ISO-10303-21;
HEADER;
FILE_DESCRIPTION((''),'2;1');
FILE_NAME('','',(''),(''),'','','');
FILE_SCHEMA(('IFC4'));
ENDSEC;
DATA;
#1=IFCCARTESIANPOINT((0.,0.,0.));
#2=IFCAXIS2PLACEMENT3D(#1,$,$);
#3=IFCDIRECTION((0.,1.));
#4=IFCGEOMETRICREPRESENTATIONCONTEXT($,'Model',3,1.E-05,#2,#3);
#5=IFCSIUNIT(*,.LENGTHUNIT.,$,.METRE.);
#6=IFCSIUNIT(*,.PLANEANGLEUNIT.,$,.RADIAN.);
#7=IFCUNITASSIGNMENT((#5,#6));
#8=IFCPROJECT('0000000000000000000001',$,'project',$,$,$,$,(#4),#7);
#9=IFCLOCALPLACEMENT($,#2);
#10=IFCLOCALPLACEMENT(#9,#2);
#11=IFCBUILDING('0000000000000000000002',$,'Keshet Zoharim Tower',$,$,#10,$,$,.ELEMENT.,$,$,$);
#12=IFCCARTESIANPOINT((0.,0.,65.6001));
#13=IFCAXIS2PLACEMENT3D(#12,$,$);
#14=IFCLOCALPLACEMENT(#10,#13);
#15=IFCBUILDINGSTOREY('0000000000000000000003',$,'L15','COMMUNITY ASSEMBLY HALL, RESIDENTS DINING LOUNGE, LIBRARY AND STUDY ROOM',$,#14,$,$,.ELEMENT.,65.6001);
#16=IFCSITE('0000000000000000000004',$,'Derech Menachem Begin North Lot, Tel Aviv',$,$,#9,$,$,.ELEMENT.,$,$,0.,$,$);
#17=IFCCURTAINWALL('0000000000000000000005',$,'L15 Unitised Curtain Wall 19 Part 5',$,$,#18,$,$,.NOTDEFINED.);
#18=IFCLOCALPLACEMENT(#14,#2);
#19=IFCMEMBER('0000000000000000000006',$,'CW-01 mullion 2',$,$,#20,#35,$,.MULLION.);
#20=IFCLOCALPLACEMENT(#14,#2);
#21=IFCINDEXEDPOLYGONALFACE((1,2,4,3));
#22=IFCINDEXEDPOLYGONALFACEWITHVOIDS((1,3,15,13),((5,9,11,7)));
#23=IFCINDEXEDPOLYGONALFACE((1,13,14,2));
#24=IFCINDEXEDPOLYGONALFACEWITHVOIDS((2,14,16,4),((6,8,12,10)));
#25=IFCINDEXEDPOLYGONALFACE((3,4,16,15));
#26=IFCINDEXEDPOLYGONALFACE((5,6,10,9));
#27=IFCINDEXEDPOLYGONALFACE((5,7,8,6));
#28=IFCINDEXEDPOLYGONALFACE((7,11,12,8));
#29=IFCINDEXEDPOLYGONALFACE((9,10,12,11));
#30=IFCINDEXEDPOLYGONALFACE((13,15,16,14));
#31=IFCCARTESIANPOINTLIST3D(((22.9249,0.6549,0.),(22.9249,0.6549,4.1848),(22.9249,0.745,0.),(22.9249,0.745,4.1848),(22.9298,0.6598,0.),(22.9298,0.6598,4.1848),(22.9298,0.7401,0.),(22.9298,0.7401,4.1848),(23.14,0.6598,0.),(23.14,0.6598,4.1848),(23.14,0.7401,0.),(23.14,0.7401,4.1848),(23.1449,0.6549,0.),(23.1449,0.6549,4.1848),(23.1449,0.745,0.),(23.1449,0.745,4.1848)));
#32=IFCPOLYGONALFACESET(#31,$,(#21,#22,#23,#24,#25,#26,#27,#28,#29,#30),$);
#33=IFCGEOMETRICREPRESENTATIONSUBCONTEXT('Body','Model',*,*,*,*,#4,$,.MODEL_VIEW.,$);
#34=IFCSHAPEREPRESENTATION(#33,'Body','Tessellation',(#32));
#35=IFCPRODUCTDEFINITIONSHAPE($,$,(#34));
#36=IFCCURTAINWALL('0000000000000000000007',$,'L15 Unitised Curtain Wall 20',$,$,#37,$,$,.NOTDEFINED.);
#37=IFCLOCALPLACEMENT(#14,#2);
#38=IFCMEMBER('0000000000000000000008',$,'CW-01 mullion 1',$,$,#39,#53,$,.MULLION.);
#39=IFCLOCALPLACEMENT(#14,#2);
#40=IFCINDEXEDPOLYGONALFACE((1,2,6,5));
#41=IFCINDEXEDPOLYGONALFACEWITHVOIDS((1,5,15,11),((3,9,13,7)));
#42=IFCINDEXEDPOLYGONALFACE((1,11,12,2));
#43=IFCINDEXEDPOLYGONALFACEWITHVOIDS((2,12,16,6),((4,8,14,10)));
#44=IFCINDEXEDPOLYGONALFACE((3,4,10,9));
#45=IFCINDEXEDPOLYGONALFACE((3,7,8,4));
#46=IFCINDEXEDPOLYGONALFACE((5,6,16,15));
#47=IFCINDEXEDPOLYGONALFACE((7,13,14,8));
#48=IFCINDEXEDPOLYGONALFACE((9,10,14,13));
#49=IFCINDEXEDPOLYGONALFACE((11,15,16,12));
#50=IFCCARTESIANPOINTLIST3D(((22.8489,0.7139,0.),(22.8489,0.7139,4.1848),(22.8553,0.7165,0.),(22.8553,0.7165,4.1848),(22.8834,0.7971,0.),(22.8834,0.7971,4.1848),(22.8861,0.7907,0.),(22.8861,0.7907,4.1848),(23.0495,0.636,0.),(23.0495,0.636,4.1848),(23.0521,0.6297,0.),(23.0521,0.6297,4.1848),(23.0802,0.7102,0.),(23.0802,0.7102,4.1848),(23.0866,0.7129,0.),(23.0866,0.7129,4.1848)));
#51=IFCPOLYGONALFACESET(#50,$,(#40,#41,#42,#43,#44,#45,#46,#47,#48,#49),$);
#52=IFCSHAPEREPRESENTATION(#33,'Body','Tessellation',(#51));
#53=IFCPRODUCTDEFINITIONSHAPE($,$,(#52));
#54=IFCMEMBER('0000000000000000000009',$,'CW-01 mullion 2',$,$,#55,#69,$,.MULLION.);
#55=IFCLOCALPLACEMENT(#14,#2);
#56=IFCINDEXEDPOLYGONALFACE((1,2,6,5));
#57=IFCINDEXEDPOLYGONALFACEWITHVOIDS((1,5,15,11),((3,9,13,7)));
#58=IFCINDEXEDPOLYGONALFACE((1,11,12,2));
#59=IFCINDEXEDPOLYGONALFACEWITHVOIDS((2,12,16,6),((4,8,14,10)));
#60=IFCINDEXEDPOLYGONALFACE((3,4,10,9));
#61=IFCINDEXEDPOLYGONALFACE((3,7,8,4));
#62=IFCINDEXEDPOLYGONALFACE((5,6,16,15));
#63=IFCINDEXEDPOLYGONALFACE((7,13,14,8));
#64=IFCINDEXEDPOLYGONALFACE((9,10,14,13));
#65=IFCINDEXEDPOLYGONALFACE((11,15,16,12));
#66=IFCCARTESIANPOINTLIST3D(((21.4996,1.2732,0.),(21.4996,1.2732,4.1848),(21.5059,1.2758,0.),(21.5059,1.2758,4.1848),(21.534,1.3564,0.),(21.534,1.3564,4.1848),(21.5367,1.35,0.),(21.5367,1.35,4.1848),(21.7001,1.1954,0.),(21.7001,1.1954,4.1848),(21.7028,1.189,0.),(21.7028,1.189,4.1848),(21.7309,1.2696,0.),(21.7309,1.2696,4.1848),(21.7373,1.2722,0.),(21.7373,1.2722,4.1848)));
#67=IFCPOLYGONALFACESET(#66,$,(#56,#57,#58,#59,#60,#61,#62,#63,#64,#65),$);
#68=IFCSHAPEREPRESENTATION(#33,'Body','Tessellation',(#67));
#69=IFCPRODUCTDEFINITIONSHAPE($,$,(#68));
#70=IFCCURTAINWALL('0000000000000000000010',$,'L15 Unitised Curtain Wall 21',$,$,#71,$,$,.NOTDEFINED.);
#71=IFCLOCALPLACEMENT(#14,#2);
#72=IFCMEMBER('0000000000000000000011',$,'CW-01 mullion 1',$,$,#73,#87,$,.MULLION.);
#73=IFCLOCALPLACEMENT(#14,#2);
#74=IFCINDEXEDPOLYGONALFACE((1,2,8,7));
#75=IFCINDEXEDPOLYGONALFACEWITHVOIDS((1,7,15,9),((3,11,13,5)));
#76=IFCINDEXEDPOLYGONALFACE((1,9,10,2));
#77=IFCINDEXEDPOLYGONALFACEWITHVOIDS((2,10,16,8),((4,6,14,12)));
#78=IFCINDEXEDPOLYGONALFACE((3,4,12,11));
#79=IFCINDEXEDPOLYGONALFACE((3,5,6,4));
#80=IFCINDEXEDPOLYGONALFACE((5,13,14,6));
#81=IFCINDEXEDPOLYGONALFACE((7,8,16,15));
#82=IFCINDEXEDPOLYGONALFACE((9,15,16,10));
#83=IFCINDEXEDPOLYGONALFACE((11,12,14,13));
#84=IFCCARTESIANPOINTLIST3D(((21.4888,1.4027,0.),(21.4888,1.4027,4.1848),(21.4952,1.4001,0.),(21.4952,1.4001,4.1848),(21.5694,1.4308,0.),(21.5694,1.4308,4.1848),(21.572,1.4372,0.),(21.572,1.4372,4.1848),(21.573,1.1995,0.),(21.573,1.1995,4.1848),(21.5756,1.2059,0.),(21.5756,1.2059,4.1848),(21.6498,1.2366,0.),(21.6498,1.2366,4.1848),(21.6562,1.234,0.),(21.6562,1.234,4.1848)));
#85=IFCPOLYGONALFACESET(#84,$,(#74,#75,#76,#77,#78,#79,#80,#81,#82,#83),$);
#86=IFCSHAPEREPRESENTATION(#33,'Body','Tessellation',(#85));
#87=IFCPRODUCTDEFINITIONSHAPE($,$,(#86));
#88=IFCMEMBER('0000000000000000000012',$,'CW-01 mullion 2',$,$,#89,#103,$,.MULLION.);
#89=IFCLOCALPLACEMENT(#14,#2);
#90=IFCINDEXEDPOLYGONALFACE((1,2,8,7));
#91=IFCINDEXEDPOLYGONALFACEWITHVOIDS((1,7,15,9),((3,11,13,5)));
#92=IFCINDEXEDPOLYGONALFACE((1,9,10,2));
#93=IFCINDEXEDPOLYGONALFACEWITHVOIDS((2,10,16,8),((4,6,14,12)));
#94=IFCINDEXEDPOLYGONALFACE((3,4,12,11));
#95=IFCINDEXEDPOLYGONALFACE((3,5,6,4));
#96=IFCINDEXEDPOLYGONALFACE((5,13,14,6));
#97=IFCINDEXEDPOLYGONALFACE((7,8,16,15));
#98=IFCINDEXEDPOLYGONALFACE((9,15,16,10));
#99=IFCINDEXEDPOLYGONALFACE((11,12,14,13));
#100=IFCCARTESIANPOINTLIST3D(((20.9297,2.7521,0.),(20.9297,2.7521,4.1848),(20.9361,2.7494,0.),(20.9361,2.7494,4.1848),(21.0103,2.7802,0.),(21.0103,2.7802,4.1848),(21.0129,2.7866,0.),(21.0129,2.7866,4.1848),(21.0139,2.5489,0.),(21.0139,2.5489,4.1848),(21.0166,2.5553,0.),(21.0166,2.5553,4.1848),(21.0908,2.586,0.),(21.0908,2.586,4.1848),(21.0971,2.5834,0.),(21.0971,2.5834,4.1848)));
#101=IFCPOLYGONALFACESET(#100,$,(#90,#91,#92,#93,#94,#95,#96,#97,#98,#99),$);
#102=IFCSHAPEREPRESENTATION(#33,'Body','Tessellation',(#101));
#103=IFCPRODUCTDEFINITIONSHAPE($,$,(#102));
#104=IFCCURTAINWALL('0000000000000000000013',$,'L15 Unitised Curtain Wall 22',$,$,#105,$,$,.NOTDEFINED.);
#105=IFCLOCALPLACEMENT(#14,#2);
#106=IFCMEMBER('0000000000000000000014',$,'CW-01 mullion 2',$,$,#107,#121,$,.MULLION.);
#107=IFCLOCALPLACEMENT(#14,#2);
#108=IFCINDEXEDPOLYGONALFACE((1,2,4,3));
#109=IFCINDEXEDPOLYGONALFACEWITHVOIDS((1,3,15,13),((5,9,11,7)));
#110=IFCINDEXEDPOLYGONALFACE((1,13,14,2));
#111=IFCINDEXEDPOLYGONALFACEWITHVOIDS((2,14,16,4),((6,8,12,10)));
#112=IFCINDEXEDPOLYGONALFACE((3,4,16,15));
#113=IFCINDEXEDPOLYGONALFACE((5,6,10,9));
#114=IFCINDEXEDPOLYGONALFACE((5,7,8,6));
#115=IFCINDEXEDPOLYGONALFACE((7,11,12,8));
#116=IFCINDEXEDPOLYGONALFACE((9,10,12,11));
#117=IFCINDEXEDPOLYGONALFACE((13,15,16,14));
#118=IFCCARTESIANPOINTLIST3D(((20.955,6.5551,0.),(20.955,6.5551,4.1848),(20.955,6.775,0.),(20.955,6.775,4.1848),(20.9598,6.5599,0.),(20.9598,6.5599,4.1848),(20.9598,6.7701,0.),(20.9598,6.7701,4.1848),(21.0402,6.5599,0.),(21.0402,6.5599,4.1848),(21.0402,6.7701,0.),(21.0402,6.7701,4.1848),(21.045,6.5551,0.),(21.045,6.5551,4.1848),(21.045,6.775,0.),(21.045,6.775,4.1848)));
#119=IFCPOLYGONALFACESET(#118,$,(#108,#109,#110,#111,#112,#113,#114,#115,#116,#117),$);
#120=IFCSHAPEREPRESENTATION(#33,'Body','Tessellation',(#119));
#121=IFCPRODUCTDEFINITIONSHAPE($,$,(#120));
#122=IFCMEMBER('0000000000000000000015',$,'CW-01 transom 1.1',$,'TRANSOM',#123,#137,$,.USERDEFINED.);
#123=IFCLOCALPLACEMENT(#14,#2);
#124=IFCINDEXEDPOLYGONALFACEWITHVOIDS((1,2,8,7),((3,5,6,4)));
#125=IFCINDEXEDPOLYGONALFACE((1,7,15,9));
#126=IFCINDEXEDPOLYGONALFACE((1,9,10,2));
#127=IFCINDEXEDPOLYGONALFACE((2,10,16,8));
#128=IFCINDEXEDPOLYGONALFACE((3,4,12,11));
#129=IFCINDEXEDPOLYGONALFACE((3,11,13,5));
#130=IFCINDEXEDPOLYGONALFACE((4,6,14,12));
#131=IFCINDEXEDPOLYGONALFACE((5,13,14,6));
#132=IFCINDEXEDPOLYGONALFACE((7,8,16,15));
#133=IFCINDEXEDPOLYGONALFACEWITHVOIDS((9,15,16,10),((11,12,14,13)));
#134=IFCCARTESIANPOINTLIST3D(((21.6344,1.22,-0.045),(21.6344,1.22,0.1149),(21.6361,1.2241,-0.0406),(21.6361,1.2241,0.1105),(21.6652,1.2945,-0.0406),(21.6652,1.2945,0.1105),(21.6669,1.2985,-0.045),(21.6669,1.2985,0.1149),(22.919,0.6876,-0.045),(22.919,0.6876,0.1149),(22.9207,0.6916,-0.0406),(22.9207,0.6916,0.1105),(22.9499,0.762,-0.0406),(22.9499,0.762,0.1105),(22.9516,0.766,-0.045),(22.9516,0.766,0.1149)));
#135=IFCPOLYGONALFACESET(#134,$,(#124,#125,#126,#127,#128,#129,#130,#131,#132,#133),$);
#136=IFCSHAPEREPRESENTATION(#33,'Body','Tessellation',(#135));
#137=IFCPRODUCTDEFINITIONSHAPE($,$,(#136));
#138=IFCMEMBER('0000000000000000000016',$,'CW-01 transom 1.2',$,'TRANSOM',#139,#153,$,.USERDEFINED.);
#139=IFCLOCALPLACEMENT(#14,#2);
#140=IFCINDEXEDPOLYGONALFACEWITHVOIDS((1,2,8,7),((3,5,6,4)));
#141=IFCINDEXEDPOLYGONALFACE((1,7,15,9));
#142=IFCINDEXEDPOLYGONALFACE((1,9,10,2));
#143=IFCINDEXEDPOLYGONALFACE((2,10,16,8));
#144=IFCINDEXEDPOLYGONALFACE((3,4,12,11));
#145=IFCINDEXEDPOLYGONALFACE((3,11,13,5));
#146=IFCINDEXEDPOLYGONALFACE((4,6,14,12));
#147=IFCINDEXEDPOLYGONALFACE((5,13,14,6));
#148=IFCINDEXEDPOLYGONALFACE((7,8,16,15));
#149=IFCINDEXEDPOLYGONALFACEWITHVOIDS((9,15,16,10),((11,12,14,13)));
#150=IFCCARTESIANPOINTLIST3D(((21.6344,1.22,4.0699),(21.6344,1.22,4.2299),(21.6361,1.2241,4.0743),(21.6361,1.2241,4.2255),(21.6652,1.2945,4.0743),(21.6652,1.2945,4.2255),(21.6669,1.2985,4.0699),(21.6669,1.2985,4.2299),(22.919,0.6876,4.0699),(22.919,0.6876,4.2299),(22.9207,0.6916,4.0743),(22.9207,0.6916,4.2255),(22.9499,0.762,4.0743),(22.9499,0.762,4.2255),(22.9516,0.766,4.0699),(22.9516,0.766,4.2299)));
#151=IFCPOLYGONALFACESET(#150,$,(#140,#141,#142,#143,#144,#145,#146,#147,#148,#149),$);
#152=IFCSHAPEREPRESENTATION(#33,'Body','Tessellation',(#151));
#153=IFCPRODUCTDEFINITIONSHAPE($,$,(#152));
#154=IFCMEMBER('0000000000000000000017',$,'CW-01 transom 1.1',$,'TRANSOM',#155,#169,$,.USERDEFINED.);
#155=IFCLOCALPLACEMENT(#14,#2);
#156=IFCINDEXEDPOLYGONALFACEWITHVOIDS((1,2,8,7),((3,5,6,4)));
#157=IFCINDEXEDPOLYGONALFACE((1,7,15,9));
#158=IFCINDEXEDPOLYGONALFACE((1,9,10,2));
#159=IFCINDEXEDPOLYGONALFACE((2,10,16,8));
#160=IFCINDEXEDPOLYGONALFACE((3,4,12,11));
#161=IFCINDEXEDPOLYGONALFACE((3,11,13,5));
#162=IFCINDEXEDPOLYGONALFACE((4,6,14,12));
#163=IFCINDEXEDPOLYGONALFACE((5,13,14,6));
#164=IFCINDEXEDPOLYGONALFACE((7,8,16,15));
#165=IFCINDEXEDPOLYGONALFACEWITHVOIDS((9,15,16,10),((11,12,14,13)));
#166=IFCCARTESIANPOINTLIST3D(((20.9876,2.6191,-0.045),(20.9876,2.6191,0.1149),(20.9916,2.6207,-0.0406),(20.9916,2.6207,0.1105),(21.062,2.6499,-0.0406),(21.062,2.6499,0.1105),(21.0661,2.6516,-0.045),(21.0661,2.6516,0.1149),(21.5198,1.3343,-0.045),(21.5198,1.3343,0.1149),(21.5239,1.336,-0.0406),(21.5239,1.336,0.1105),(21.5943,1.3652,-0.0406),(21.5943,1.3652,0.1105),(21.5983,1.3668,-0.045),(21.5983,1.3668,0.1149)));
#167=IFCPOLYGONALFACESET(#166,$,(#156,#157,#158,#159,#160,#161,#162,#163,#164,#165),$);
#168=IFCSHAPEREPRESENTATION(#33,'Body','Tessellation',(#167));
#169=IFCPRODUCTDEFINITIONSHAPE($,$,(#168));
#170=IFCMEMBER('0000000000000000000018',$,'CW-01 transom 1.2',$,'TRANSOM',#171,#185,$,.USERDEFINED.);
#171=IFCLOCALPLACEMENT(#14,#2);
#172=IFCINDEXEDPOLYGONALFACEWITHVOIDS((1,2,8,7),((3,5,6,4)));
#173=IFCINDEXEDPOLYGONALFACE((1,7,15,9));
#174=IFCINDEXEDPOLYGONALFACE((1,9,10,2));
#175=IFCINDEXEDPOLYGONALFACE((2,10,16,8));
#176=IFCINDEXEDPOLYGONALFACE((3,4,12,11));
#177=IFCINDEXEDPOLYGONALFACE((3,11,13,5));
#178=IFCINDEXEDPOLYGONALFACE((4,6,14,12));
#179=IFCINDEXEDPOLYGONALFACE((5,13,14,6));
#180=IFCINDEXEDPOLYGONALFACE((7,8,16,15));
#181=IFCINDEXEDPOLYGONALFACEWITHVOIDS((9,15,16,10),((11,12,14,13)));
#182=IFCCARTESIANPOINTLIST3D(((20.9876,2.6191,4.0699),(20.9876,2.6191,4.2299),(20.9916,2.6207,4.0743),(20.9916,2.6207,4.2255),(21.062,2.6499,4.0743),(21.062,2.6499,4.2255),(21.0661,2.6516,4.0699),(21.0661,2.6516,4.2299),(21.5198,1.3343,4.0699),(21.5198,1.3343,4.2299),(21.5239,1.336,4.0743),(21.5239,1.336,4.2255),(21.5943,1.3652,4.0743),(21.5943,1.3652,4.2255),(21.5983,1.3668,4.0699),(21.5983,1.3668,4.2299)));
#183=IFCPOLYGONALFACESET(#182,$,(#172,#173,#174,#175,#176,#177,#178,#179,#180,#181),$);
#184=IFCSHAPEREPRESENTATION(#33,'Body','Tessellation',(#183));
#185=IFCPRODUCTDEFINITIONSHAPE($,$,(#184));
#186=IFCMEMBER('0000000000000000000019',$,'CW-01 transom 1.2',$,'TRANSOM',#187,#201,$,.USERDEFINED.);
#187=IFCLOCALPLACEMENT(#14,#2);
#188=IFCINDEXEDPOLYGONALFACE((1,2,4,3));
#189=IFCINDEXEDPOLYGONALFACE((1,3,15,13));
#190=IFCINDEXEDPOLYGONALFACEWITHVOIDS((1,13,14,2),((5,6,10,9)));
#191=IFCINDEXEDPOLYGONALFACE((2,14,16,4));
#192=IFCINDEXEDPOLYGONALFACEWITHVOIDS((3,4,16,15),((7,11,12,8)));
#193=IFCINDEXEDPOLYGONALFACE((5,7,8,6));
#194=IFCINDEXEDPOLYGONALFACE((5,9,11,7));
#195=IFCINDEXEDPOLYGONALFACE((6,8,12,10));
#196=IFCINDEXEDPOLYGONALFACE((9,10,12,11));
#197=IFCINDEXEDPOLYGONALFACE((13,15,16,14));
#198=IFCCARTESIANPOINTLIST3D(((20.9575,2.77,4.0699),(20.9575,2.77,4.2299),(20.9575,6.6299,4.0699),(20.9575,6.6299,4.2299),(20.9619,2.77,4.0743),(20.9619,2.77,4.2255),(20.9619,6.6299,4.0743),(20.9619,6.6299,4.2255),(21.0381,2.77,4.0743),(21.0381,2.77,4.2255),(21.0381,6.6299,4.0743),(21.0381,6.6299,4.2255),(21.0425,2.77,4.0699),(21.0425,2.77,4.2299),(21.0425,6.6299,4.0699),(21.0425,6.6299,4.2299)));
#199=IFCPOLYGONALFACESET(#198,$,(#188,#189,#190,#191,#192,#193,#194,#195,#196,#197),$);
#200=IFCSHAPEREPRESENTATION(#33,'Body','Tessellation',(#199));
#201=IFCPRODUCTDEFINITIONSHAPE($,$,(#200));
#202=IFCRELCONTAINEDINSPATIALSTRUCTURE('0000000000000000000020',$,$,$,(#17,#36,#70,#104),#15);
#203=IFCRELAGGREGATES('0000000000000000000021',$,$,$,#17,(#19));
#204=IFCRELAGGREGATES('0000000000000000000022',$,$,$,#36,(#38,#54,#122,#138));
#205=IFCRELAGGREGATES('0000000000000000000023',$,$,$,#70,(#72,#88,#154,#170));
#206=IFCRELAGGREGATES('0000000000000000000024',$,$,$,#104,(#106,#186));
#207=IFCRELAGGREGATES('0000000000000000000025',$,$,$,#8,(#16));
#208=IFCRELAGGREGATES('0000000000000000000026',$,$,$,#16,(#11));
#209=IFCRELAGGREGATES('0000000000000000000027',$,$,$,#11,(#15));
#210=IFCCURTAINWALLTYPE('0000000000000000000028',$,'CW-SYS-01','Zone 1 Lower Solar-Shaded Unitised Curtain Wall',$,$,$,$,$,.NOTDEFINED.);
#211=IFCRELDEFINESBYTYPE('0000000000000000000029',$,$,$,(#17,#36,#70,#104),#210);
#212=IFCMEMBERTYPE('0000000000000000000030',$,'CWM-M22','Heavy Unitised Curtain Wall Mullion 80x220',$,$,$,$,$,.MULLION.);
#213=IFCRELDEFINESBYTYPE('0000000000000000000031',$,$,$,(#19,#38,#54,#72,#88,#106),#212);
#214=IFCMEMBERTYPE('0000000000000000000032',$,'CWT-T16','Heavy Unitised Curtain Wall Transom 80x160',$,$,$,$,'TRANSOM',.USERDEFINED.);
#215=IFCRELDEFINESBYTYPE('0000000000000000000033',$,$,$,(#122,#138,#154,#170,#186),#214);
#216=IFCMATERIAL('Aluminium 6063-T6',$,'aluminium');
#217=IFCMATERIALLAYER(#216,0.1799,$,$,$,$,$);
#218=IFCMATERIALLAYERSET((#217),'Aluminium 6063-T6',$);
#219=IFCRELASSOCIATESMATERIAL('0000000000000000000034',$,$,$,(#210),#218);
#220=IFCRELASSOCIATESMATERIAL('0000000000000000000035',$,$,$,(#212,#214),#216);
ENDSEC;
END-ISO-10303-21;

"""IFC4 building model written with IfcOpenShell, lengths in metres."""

from ifc_helpers import new_model, si_unit, direction, frame, origin, origin_2d, place, context, subcontext, project, spatial, hollow_rectangle, extrude, material, layer, layer_set, material_profile, profile_set, type_object, element, aggregate, save


model = new_model("IFC4")

# Units and contexts
model_context = context("Model", 3, precision=1e-05, world=origin(), true_north=direction((0.0, 1.0)))
body_context = subcontext(model_context, "Body", "Model", "MODEL_VIEW")
ifc_project = project(units=[si_unit("LENGTHUNIT", "METRE"), si_unit("PLANEANGLEUNIT", "RADIAN")], contexts=[model_context])

# Site, building, storey
site_placement = place(None, origin())
site = spatial("IfcSite", under=ifc_project, at=site_placement, Name="Derech Menachem Begin North Lot, Tel Aviv", CompositionType="ELEMENT", RefElevation=0.0)
building_placement = place(site_placement, origin())
building = spatial("IfcBuilding", under=site, at=building_placement, Name="Keshet Zoharim Tower", CompositionType="ELEMENT")
storey_placement = place(building_placement, frame((0.0, 0.0, 65.6001)))
storey = spatial("IfcBuildingStorey", under=building, at=storey_placement, Name="L15", Description="COMMUNITY ASSEMBLY HALL, RESIDENTS DINING LOUNGE, LIBRARY AND STUDY ROOM", CompositionType="ELEMENT", Elevation=65.6001)

# Curtain wall, member
ifc_material_1 = material(Name="Aluminium 6063-T6", Category="aluminium")
ifc_layer_1 = layer(ifc_material_1, 0.1799)
ifc_layer_set_1 = layer_set([ifc_layer_1], Name="Aluminium 6063-T6")
curtain_wall_type = type_object("IfcCurtainWallType", Name="CW-SYS-01", Description="Zone 1 Lower Solar-Shaded Unitised Curtain Wall", PredefinedType="NOTDEFINED", material=ifc_layer_set_1)
curtain_wall_1_placement = place(storey_placement, origin())
curtain_wall_1 = element("IfcCurtainWall", 1, at=curtain_wall_1_placement, inside=storey, type_object=curtain_wall_type, Name="L15 Unitised Curtain Wall 19 Part 5", PredefinedType="NOTDEFINED")
ifc_material_profile_1 = material_profile(ifc_material_1, hollow_rectangle(XDim=0.0901, YDim=0.22, WallThickness=0.0049, at=origin_2d()), Name="MUL-90x220")
ifc_profile_set_1 = profile_set([ifc_material_profile_1], Name="Aluminium 6063-T6")
member_type_1 = type_object("IfcMemberType", Name="CWM-M22", Description="Heavy Unitised Curtain Wall Mullion 80x220", PredefinedType="MULLION", material=ifc_profile_set_1)
member_1_placement = place(storey_placement, frame((23.0349, 0.7, 0.0), z_axis=(0.0, 0.0, 1.0), x_axis=(0.0, -1.0, 0.0)))
member_1 = element("IfcMember", 2, at=member_1_placement, type_object=member_type_1, Name="CW-01 mullion 2", PredefinedType="MULLION", context=body_context, shape_type="SweptSolid", body=[
    extrude(hollow_rectangle(XDim=0.0901, YDim=0.22, WallThickness=0.0049, at=origin_2d()), origin(), (0.0, 0.0, 1.0), 4.1848),
])

# Curtain walls, members
curtain_wall_2_placement = place(storey_placement, origin())
curtain_wall_2 = element("IfcCurtainWall", 3, at=curtain_wall_2_placement, inside=storey, type_object=curtain_wall_type, Name="L15 Unitised Curtain Wall 20", PredefinedType="NOTDEFINED")
member_2_placement = place(storey_placement, frame((22.9678, 0.7134, 0.0), z_axis=(0.0, 0.0, 1.0), x_axis=(-0.382852, -0.92381, 0.0)))
member_2 = element("IfcMember", 4, at=member_2_placement, type_object=member_type_1, Name="CW-01 mullion 1", PredefinedType="MULLION", context=body_context, shape_type="SweptSolid", body=[
    extrude(hollow_rectangle(XDim=0.0901, YDim=0.22, WallThickness=0.0049, at=origin_2d()), origin(), (0.0, 0.0, 1.0), 4.1848),
])
member_3_placement = place(storey_placement, frame((21.6184, 1.2727, 0.0), z_axis=(0.0, 0.0, 1.0), x_axis=(-0.382852, -0.92381, 0.0)))
member_3 = element("IfcMember", 5, at=member_3_placement, type_object=member_type_1, Name="CW-01 mullion 2", PredefinedType="MULLION", context=body_context, shape_type="SweptSolid", body=[
    extrude(hollow_rectangle(XDim=0.0901, YDim=0.22, WallThickness=0.0049, at=origin_2d()), origin(), (0.0, 0.0, 1.0), 4.1848),
])
curtain_wall_3_placement = place(storey_placement, origin())
curtain_wall_3 = element("IfcCurtainWall", 6, at=curtain_wall_3_placement, inside=storey, type_object=curtain_wall_type, Name="L15 Unitised Curtain Wall 21", PredefinedType="NOTDEFINED")
member_4_placement = place(storey_placement, frame((21.5725, 1.3184, 0.0), z_axis=(0.0, 0.0, 1.0), x_axis=(-0.92381, -0.382852, 0.0)))
member_4 = element("IfcMember", 7, at=member_4_placement, type_object=member_type_1, Name="CW-01 mullion 1", PredefinedType="MULLION", context=body_context, shape_type="SweptSolid", body=[
    extrude(hollow_rectangle(XDim=0.0901, YDim=0.22, WallThickness=0.0049, at=origin_2d()), origin(), (0.0, 0.0, 1.0), 4.1848),
])
member_5_placement = place(storey_placement, frame((21.0134, 2.6677, 0.0), z_axis=(0.0, 0.0, 1.0), x_axis=(-0.92381, -0.382852, 0.0)))
member_5 = element("IfcMember", 8, at=member_5_placement, type_object=member_type_1, Name="CW-01 mullion 2", PredefinedType="MULLION", context=body_context, shape_type="SweptSolid", body=[
    extrude(hollow_rectangle(XDim=0.0901, YDim=0.22, WallThickness=0.0049, at=origin_2d()), origin(), (0.0, 0.0, 1.0), 4.1848),
])

# Curtain wall, member
curtain_wall_4_placement = place(storey_placement, origin())
curtain_wall_4 = element("IfcCurtainWall", 9, at=curtain_wall_4_placement, inside=storey, type_object=curtain_wall_type, Name="L15 Unitised Curtain Wall 22", PredefinedType="NOTDEFINED")
member_6_placement = place(storey_placement, frame((21.0, 6.665, 0.0), z_axis=(0.0, 0.0, 1.0), x_axis=(-1.0, 0.0, 0.0)))
member_6 = element("IfcMember", 10, at=member_6_placement, type_object=member_type_1, Name="CW-01 mullion 2", PredefinedType="MULLION", context=body_context, shape_type="SweptSolid", body=[
    extrude(hollow_rectangle(XDim=0.0901, YDim=0.22, WallThickness=0.0049, at=origin_2d()), origin(), (0.0, 0.0, 1.0), 4.1848),
])

# Members
ifc_material_profile_2 = material_profile(ifc_material_1, hollow_rectangle(XDim=0.085, YDim=0.1599, WallThickness=0.0044, at=origin_2d()), Name="TRN-85x160")
ifc_profile_set_2 = profile_set([ifc_material_profile_2], Name="Aluminium 6063-T6")
member_type_2 = type_object("IfcMemberType", Name="CWT-T16", Description="Heavy Unitised Curtain Wall Transom 80x160", ElementType="TRANSOM", PredefinedType="USERDEFINED", material=ifc_profile_set_2)
member_7_placement = place(storey_placement, frame((22.9353, 0.7268, 0.0349), z_axis=(-0.923792, 0.382894, 0.0), x_axis=(-0.382894, -0.923792, 0.0)))
member_7 = element("IfcMember", 11, at=member_7_placement, type_object=member_type_2, Name="CW-01 transom 1.1", ObjectType="TRANSOM", PredefinedType="USERDEFINED", context=body_context, shape_type="SweptSolid", body=[
    extrude(hollow_rectangle(XDim=0.085, YDim=0.1599, WallThickness=0.0044, at=origin_2d()), origin(), (0.0, 0.0, 1.0), 1.3906),
])
member_8_placement = place(storey_placement, frame((22.9353, 0.7268, 4.1499), z_axis=(-0.923792, 0.382894, 0.0), x_axis=(-0.382894, -0.923792, 0.0)))
member_8 = element("IfcMember", 12, at=member_8_placement, type_object=member_type_2, Name="CW-01 transom 1.2", ObjectType="TRANSOM", PredefinedType="USERDEFINED", context=body_context, shape_type="SweptSolid", body=[
    extrude(hollow_rectangle(XDim=0.085, YDim=0.1599, WallThickness=0.0044, at=origin_2d()), origin(), (0.0, 0.0, 1.0), 1.3906),
])
member_9_placement = place(storey_placement, frame((21.5591, 1.3506, 0.0349), z_axis=(-0.382745, 0.923854, 0.0), x_axis=(-0.923854, -0.382745, 0.0)))
member_9 = element("IfcMember", 13, at=member_9_placement, type_object=member_type_2, Name="CW-01 transom 1.1", ObjectType="TRANSOM", PredefinedType="USERDEFINED", context=body_context, shape_type="SweptSolid", body=[
    extrude(hollow_rectangle(XDim=0.085, YDim=0.1599, WallThickness=0.0044, at=origin_2d()), origin(), (0.0, 0.0, 1.0), 1.3906),
])
member_10_placement = place(storey_placement, frame((21.5591, 1.3506, 4.1499), z_axis=(-0.382745, 0.923854, 0.0), x_axis=(-0.923854, -0.382745, 0.0)))
member_10 = element("IfcMember", 14, at=member_10_placement, type_object=member_type_2, Name="CW-01 transom 1.2", ObjectType="TRANSOM", PredefinedType="USERDEFINED", context=body_context, shape_type="SweptSolid", body=[
    extrude(hollow_rectangle(XDim=0.085, YDim=0.1599, WallThickness=0.0044, at=origin_2d()), origin(), (0.0, 0.0, 1.0), 1.3906),
])
member_11_placement = place(storey_placement, frame((21.0, 2.77, 4.1499), z_axis=(0.0, 1.0, 0.0), x_axis=(-1.0, 0.0, 0.0)))
member_11 = element("IfcMember", 15, at=member_11_placement, type_object=member_type_2, Name="CW-01 transom 1.2", ObjectType="TRANSOM", PredefinedType="USERDEFINED", context=body_context, shape_type="SweptSolid", body=[
    extrude(hollow_rectangle(XDim=0.085, YDim=0.1599, WallThickness=0.0044, at=origin_2d()), origin(), (0.0, 0.0, 1.0), 3.8599),
])

aggregate(curtain_wall_1, [member_1])
aggregate(curtain_wall_2, [member_2, member_3, member_7, member_8])
aggregate(curtain_wall_3, [member_4, member_5, member_9, member_10])
aggregate(curtain_wall_4, [member_6, member_11])

save(model, "model.ifc")
